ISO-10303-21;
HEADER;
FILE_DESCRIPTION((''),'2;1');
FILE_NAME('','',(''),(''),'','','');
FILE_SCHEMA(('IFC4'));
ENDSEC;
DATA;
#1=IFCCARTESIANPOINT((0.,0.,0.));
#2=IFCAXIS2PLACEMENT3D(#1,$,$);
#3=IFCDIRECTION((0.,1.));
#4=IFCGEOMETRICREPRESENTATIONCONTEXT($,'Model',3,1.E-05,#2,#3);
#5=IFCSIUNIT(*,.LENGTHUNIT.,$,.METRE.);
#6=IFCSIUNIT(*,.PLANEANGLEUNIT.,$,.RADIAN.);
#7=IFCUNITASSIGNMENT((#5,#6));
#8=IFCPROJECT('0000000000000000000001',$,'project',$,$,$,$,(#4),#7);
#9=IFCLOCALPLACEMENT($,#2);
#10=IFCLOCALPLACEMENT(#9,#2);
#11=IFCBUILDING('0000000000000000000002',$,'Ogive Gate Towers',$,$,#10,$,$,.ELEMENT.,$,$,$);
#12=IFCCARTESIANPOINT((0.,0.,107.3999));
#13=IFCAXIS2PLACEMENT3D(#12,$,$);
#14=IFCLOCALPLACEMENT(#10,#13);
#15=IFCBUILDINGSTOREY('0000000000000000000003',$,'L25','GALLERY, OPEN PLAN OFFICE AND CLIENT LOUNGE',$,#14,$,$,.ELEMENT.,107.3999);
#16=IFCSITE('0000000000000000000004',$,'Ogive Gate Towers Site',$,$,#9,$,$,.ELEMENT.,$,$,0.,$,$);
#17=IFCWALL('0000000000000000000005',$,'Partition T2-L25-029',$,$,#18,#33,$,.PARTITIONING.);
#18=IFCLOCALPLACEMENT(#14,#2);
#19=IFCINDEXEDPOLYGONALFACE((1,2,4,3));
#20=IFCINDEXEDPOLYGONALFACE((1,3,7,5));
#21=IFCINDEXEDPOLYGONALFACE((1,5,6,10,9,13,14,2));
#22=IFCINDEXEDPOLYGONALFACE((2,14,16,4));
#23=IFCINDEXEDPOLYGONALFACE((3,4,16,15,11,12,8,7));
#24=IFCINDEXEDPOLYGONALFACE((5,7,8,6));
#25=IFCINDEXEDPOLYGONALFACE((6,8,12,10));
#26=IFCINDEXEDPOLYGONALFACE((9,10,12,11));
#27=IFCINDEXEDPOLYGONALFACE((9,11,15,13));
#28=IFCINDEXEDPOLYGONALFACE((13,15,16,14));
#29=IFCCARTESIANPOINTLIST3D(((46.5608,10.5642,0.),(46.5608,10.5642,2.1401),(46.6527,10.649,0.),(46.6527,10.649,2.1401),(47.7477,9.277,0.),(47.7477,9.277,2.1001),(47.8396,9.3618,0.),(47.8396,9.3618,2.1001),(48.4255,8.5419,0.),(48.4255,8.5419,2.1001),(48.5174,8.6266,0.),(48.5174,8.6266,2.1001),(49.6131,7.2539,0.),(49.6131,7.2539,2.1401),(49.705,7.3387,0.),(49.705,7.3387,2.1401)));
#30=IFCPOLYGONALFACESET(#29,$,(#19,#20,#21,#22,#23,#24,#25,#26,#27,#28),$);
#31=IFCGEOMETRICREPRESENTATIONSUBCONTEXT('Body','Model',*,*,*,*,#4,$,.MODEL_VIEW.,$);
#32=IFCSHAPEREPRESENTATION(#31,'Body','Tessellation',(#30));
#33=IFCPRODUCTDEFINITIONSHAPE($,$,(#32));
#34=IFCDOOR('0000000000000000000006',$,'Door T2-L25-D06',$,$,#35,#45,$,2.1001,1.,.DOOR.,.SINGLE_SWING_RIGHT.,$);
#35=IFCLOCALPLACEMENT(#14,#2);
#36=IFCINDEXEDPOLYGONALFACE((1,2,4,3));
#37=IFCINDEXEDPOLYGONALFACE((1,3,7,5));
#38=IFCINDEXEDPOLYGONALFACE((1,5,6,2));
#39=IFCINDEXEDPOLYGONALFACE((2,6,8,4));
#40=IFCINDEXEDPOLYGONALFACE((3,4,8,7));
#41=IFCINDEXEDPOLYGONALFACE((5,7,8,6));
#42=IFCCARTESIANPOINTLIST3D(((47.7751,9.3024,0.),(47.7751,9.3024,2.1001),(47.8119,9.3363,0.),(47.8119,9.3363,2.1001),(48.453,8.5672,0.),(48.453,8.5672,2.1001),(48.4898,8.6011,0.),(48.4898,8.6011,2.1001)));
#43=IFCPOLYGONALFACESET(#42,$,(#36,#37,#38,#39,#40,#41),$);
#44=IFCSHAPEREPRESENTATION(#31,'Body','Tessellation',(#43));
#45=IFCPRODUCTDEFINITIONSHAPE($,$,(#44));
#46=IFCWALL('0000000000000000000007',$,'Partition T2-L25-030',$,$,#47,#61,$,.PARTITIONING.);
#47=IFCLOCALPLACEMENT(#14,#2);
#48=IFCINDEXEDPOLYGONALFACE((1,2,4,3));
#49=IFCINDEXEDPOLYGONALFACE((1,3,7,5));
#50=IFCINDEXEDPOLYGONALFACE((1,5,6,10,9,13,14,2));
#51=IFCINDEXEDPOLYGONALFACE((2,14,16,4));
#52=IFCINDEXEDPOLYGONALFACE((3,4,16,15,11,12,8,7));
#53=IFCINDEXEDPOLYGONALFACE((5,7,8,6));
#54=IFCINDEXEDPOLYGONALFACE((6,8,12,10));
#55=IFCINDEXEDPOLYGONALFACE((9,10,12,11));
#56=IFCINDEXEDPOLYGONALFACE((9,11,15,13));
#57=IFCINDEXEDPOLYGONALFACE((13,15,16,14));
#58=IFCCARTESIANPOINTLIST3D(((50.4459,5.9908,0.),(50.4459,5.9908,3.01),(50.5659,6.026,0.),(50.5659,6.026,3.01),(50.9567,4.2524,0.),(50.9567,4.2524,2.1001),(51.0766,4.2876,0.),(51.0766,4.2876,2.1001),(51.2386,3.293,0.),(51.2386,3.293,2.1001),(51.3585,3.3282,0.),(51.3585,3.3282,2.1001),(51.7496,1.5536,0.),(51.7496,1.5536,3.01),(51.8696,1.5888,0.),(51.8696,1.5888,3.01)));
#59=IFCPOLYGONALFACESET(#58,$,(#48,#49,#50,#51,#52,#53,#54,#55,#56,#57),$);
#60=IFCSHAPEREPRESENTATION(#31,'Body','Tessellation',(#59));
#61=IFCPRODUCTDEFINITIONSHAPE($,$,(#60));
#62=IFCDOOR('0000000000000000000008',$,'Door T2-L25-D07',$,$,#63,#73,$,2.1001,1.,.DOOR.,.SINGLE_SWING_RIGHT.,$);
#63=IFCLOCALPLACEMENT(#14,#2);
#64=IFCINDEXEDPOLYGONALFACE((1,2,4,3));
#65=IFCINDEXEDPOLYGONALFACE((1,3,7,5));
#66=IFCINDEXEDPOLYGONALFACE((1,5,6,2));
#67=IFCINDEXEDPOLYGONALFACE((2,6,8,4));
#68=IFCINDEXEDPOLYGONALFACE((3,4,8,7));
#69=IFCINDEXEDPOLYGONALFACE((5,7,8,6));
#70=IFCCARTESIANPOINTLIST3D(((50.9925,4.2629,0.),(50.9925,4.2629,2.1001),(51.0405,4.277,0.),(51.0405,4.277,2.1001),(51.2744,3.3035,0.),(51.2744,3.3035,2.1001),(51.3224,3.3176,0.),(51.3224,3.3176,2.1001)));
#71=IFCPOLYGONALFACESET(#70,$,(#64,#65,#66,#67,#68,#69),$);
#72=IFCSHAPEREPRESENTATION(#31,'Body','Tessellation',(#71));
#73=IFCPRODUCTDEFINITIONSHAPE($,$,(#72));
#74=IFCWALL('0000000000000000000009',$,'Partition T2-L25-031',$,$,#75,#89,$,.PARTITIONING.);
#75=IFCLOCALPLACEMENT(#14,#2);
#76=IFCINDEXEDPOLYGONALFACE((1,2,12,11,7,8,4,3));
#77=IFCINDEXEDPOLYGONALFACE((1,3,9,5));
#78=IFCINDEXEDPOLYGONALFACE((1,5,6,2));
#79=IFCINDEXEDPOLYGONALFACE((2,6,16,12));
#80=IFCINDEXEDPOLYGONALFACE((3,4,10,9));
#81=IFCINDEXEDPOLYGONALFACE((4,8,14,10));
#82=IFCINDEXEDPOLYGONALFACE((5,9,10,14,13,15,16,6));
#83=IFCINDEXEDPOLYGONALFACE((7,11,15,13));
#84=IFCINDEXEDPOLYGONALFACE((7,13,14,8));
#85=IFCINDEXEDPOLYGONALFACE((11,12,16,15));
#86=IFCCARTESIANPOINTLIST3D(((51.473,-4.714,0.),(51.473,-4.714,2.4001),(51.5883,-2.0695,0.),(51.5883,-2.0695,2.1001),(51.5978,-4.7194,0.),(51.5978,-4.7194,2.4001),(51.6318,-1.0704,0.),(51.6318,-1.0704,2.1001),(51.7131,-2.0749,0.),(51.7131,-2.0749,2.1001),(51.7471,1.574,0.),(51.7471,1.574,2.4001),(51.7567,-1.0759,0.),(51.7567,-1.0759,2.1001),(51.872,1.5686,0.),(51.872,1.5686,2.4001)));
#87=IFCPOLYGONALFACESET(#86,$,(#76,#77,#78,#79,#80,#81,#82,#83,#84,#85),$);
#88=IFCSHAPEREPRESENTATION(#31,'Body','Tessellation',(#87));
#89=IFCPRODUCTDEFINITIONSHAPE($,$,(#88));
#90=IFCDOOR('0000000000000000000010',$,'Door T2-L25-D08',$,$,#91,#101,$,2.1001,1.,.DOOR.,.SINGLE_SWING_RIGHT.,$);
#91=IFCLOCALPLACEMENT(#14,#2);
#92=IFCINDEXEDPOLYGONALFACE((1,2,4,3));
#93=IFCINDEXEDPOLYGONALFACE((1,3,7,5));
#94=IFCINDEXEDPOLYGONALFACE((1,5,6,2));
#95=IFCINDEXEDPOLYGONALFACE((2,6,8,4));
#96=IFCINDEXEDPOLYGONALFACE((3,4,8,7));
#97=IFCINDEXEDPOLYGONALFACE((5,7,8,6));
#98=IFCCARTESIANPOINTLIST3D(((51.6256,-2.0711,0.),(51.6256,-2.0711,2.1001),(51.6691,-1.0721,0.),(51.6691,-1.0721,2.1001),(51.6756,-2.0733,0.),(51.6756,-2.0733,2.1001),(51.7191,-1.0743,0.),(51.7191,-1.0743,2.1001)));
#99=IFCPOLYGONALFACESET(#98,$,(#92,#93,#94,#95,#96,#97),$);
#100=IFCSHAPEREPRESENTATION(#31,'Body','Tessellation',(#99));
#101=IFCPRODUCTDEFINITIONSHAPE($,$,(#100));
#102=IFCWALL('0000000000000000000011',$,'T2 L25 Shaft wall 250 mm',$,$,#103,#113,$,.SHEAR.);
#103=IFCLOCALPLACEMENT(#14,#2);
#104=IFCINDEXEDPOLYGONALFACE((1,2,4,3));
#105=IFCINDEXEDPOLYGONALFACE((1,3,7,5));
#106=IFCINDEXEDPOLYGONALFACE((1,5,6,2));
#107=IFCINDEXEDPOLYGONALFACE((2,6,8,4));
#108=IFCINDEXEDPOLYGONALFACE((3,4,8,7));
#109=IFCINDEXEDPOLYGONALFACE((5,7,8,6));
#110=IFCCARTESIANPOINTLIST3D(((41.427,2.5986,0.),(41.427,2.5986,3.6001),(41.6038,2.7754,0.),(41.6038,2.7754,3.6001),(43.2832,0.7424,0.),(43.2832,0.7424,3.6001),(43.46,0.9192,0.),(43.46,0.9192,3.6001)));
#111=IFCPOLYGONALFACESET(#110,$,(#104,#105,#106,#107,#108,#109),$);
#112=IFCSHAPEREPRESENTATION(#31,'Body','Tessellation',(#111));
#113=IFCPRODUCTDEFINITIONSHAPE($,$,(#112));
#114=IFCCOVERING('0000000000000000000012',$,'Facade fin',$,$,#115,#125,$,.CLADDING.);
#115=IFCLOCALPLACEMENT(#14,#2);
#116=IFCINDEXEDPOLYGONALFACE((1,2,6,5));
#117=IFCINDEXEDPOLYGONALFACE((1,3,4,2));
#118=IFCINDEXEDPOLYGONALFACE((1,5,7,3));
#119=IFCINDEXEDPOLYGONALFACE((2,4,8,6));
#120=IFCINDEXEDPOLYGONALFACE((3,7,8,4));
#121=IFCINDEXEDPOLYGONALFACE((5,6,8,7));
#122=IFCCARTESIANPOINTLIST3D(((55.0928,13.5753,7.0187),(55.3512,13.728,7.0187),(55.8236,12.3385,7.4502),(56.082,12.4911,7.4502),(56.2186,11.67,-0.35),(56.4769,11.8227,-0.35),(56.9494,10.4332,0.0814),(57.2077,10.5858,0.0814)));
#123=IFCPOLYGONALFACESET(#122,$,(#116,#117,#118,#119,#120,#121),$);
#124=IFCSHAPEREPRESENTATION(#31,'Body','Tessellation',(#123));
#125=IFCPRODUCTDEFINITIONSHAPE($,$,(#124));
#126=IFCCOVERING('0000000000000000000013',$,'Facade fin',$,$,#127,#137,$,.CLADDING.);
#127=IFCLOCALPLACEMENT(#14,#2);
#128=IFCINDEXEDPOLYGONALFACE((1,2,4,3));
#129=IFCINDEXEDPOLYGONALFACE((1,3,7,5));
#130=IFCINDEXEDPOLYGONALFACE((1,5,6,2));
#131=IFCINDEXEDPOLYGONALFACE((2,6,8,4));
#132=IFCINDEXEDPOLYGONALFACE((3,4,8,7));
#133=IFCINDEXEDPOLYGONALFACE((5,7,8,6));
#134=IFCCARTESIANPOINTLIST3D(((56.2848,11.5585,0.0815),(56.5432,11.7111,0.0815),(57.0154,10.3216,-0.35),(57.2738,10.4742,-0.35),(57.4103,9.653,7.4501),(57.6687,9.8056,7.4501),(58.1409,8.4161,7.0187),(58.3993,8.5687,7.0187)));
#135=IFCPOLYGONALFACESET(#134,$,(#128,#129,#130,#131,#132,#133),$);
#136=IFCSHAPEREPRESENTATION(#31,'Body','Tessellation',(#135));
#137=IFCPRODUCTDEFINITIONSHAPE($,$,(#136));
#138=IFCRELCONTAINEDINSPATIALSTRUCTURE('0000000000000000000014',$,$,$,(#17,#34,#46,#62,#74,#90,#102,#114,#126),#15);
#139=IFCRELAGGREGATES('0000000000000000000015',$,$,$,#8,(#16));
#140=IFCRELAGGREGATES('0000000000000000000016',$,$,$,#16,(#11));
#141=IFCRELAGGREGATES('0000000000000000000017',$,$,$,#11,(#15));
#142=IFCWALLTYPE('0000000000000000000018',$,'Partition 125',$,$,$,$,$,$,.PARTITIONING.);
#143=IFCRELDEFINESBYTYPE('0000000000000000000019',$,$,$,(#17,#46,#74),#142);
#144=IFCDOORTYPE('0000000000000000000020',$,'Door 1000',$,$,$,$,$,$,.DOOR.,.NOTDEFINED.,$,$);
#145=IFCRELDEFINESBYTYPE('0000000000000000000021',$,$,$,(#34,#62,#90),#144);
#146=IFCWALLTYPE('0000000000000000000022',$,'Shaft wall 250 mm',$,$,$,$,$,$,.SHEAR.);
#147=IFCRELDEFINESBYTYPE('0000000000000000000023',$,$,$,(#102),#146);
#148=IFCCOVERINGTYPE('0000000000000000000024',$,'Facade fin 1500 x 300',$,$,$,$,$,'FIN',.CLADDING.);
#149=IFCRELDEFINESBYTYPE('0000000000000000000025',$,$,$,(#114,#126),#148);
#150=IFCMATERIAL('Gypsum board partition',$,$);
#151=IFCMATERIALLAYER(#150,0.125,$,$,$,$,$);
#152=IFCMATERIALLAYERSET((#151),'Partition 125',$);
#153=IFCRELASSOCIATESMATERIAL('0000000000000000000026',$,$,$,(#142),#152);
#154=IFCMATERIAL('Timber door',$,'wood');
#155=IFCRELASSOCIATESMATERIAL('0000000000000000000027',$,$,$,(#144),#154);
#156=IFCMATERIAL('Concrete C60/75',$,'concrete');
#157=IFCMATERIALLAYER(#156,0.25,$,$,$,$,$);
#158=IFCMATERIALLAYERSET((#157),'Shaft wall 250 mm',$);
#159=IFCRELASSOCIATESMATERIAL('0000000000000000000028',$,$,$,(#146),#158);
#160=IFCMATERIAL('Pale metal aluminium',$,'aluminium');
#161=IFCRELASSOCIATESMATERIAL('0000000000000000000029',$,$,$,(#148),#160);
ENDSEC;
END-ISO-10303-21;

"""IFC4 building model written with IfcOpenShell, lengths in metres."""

from ifc_helpers import new_model, si_unit, direction, frame, frame_2d, origin, origin_2d, place, context, subcontext, project, spatial, rectangle, extrude, material, layer, layer_set, material_profile, profile_set, type_object, element, fill, save


model = new_model("IFC4")

# Units and contexts
model_context = context("Model", 3, precision=1e-05, world=origin(), true_north=direction((0.0, 1.0)))
body_context = subcontext(model_context, "Body", "Model", "MODEL_VIEW")
ifc_project = project(units=[si_unit("LENGTHUNIT", "METRE"), si_unit("PLANEANGLEUNIT", "RADIAN")], contexts=[model_context])

# Site, building, storey
site_placement = place(None, origin())
site = spatial("IfcSite", under=ifc_project, at=site_placement, Name="Ogive Gate Towers Site", CompositionType="ELEMENT", RefElevation=0.0)
building_placement = place(site_placement, origin())
building = spatial("IfcBuilding", under=site, at=building_placement, Name="Ogive Gate Towers", CompositionType="ELEMENT")
storey_placement = place(building_placement, frame((0.0, 0.0, 107.3999)))
storey = spatial("IfcBuildingStorey", under=building, at=storey_placement, Name="L25", Description="GALLERY, OPEN PLAN OFFICE AND CLIENT LOUNGE", CompositionType="ELEMENT", Elevation=107.3999)

# Shared definitions
ifc_material_1 = material(Name="Pale metal aluminium", Category="aluminium")

# Shared definitions
ifc_material_2 = material(Name="Gypsum board partition")
ifc_layer_1 = layer(ifc_material_2, 0.125)
ifc_layer_set_1 = layer_set([ifc_layer_1], Name="Partition 125")
wall_type_1 = type_object("IfcWallType", Name="Partition 125", PredefinedType="PARTITIONING", material=ifc_layer_set_1)

# Walls, openings, doors
wall_1_placement = place(storey_placement, frame((46.6067, 10.6067, 0.0), z_axis=(0.0, 0.0, 1.0), x_axis=(0.67787, -0.735182, 0.0)))
wall_1 = element("IfcWall", 1, at=wall_1_placement, inside=storey, type_object=wall_type_1, Name="Partition T2-L25-029", PredefinedType="PARTITIONING", context=body_context, shape_type="SweptSolid", body=[
    extrude(rectangle(XDim=4.5027, YDim=0.125, at=frame_2d((2.2515, 0.0))), origin(), (0.0, 0.0, 1.0), 2.1401),
])
opening_1_placement = place(wall_1_placement, frame((1.751, 0.0, 0.0)))
opening_1 = element("IfcOpeningElement", 2, at=opening_1_placement, cuts=wall_1, PredefinedType="OPENING", context=body_context, shape_type="SweptSolid", body=[
    extrude(rectangle(XDim=1.0, YDim=2.1001, at=frame_2d((0.5, 1.05))), frame((0.0, 0.0725, 0.0), z_axis=(0.0, -1.0, 0.0), x_axis=(1.0, 0.0, 0.0)), (0.0, 0.0, 1.0), 0.145),
])
ifc_material_3 = material(Name="Timber door", Category="wood")
door_type = type_object("IfcDoorType", Name="Door 1000", OperationType="NOTDEFINED", PredefinedType="DOOR", material=ifc_material_3)
door_1_placement = place(opening_1_placement, origin())
door_1 = element("IfcDoor", 3, at=door_1_placement, inside=storey, type_object=door_type, Name="Door T2-L25-D06", OperationType="SINGLE_SWING_RIGHT", OverallHeight=2.1001, OverallWidth=1.0, PredefinedType="DOOR", context=body_context, shape_type="SweptSolid", body=[
    extrude(rectangle(XDim=1.0, YDim=2.1001, at=frame_2d((0.5, 1.05))), frame((0.0, 0.0249, 0.0), z_axis=(0.0, -1.0, 0.0), x_axis=(1.0, 0.0, 0.0)), (0.0, 0.0, 1.0), 0.05),
])
fill(opening_1, door_1)
wall_2_placement = place(storey_placement, frame((50.5059, 6.0085, 0.0), z_axis=(0.0, 0.0, 1.0), x_axis=(0.281895, -0.959445, 0.0)))
wall_2 = element("IfcWall", 4, at=wall_2_placement, inside=storey, type_object=wall_type_1, Name="Partition T2-L25-030", PredefinedType="PARTITIONING", context=body_context, shape_type="SweptSolid", body=[
    extrude(rectangle(XDim=4.6248, YDim=0.125, at=frame_2d((2.3125, 0.0))), origin(), (0.0, 0.0, 1.0), 3.01),
])
opening_2_placement = place(wall_2_placement, frame((1.812, 0.0, 0.0)))
opening_2 = element("IfcOpeningElement", 5, at=opening_2_placement, cuts=wall_2, PredefinedType="OPENING", context=body_context, shape_type="SweptSolid", body=[
    extrude(rectangle(XDim=1.0, YDim=2.1001, at=frame_2d((0.5, 1.05))), frame((0.0, 0.0725, 0.0), z_axis=(0.0, -1.0, 0.0), x_axis=(1.0, 0.0, 0.0)), (0.0, 0.0, 1.0), 0.145),
])
door_2_placement = place(opening_2_placement, origin())
door_2 = element("IfcDoor", 6, at=door_2_placement, inside=storey, type_object=door_type, Name="Door T2-L25-D07", OperationType="SINGLE_SWING_RIGHT", OverallHeight=2.1001, OverallWidth=1.0, PredefinedType="DOOR", context=body_context, shape_type="SweptSolid", body=[
    extrude(rectangle(XDim=1.0, YDim=2.1001, at=frame_2d((0.5, 1.05))), frame((0.0, 0.0249, 0.0), z_axis=(0.0, -1.0, 0.0), x_axis=(1.0, 0.0, 0.0)), (0.0, 0.0, 1.0), 0.05),
])
fill(opening_2, door_2)
wall_3_placement = place(storey_placement, frame((51.8096, 1.5713, 0.0), z_axis=(0.0, 0.0, 1.0), x_axis=(-0.04356, -0.999051, 0.0)))
wall_3 = element("IfcWall", 7, at=wall_3_placement, inside=storey, type_object=wall_type_1, Name="Partition T2-L25-031", PredefinedType="PARTITIONING", context=body_context, shape_type="SweptSolid", body=[
    extrude(rectangle(XDim=6.2939, YDim=0.125, at=frame_2d((3.147, 0.0))), origin(), (0.0, 0.0, 1.0), 2.4001),
])
opening_3_placement = place(wall_3_placement, frame((2.647, 0.0, 0.0)))
opening_3 = element("IfcOpeningElement", 8, at=opening_3_placement, cuts=wall_3, PredefinedType="OPENING", context=body_context, shape_type="SweptSolid", body=[
    extrude(rectangle(XDim=1.0, YDim=2.1001, at=frame_2d((0.5, 1.05))), frame((0.0, 0.0725, 0.0), z_axis=(0.0, -1.0, 0.0), x_axis=(1.0, 0.0, 0.0)), (0.0, 0.0, 1.0), 0.145),
])
door_3_placement = place(opening_3_placement, origin())
door_3 = element("IfcDoor", 9, at=door_3_placement, inside=storey, type_object=door_type, Name="Door T2-L25-D08", OperationType="SINGLE_SWING_RIGHT", OverallHeight=2.1001, OverallWidth=1.0, PredefinedType="DOOR", context=body_context, shape_type="SweptSolid", body=[
    extrude(rectangle(XDim=1.0, YDim=2.1001, at=frame_2d((0.5, 1.05))), frame((0.0, 0.0249, 0.0), z_axis=(0.0, -1.0, 0.0), x_axis=(1.0, 0.0, 0.0)), (0.0, 0.0, 1.0), 0.05),
])
fill(opening_3, door_3)

# Wall
ifc_material_4 = material(Name="Concrete C60/75", Category="concrete")
ifc_layer_2 = layer(ifc_material_4, 0.25)
ifc_layer_set_2 = layer_set([ifc_layer_2], Name="Shaft wall 250 mm")
wall_type_2 = type_object("IfcWallType", Name="Shaft wall 250 mm", PredefinedType="SHEAR", material=ifc_layer_set_2)
wall_4_placement = place(storey_placement, frame((43.3716, 0.8308, 0.0), z_axis=(0.0, 0.0, 1.0), x_axis=(-0.707107, 0.707107, 0.0)))
element("IfcWall", 10, at=wall_4_placement, inside=storey, type_object=wall_type_2, Name="T2 L25 Shaft wall 250 mm", PredefinedType="SHEAR", context=body_context, shape_type="SweptSolid", body=[
    extrude(rectangle(XDim=2.625, YDim=0.25, at=frame_2d((1.3125, 0.0))), origin(), (0.0, 0.0, 1.0), 3.6001),
])

# Coverings
ifc_material_profile_1 = material_profile(ifc_material_1, rectangle(XDim=0.3, YDim=1.5, at=origin_2d()), Name="1500 x 300 pale metal aluminium")
ifc_profile_set_1 = profile_set([ifc_material_profile_1], Name="Pale metal aluminium")
covering_type = type_object("IfcCoveringType", Name="Facade fin 1500 x 300", ElementType="FIN", PredefinedType="CLADDING", material=ifc_profile_set_1)
for number, where, z_axis, x_axis, name in (
    (11, (56.7131, 11.1279, -0.1343), (-0.146317, 0.247638, 0.95774), (-0.860948, -0.508692, 0.0), "Facade fin"),
    (12, (56.7793, 11.0164, -0.1343), (0.146285, -0.247669, 0.957737), (0.861025, 0.508562, 0.0), "Facade fin"),
):
    element("IfcCovering", number, at=place(storey_placement, frame(where, z_axis=z_axis, x_axis=x_axis)), inside=storey, type_object=covering_type, Name=name, PredefinedType="CLADDING", context=body_context, shape_type="SweptSolid", body=[
        extrude(rectangle(XDim=0.3, YDim=1.5, at=origin_2d()), origin(), (0.0, 0.0, 1.0), 7.6938),
    ])

save(model, "model.ifc")
